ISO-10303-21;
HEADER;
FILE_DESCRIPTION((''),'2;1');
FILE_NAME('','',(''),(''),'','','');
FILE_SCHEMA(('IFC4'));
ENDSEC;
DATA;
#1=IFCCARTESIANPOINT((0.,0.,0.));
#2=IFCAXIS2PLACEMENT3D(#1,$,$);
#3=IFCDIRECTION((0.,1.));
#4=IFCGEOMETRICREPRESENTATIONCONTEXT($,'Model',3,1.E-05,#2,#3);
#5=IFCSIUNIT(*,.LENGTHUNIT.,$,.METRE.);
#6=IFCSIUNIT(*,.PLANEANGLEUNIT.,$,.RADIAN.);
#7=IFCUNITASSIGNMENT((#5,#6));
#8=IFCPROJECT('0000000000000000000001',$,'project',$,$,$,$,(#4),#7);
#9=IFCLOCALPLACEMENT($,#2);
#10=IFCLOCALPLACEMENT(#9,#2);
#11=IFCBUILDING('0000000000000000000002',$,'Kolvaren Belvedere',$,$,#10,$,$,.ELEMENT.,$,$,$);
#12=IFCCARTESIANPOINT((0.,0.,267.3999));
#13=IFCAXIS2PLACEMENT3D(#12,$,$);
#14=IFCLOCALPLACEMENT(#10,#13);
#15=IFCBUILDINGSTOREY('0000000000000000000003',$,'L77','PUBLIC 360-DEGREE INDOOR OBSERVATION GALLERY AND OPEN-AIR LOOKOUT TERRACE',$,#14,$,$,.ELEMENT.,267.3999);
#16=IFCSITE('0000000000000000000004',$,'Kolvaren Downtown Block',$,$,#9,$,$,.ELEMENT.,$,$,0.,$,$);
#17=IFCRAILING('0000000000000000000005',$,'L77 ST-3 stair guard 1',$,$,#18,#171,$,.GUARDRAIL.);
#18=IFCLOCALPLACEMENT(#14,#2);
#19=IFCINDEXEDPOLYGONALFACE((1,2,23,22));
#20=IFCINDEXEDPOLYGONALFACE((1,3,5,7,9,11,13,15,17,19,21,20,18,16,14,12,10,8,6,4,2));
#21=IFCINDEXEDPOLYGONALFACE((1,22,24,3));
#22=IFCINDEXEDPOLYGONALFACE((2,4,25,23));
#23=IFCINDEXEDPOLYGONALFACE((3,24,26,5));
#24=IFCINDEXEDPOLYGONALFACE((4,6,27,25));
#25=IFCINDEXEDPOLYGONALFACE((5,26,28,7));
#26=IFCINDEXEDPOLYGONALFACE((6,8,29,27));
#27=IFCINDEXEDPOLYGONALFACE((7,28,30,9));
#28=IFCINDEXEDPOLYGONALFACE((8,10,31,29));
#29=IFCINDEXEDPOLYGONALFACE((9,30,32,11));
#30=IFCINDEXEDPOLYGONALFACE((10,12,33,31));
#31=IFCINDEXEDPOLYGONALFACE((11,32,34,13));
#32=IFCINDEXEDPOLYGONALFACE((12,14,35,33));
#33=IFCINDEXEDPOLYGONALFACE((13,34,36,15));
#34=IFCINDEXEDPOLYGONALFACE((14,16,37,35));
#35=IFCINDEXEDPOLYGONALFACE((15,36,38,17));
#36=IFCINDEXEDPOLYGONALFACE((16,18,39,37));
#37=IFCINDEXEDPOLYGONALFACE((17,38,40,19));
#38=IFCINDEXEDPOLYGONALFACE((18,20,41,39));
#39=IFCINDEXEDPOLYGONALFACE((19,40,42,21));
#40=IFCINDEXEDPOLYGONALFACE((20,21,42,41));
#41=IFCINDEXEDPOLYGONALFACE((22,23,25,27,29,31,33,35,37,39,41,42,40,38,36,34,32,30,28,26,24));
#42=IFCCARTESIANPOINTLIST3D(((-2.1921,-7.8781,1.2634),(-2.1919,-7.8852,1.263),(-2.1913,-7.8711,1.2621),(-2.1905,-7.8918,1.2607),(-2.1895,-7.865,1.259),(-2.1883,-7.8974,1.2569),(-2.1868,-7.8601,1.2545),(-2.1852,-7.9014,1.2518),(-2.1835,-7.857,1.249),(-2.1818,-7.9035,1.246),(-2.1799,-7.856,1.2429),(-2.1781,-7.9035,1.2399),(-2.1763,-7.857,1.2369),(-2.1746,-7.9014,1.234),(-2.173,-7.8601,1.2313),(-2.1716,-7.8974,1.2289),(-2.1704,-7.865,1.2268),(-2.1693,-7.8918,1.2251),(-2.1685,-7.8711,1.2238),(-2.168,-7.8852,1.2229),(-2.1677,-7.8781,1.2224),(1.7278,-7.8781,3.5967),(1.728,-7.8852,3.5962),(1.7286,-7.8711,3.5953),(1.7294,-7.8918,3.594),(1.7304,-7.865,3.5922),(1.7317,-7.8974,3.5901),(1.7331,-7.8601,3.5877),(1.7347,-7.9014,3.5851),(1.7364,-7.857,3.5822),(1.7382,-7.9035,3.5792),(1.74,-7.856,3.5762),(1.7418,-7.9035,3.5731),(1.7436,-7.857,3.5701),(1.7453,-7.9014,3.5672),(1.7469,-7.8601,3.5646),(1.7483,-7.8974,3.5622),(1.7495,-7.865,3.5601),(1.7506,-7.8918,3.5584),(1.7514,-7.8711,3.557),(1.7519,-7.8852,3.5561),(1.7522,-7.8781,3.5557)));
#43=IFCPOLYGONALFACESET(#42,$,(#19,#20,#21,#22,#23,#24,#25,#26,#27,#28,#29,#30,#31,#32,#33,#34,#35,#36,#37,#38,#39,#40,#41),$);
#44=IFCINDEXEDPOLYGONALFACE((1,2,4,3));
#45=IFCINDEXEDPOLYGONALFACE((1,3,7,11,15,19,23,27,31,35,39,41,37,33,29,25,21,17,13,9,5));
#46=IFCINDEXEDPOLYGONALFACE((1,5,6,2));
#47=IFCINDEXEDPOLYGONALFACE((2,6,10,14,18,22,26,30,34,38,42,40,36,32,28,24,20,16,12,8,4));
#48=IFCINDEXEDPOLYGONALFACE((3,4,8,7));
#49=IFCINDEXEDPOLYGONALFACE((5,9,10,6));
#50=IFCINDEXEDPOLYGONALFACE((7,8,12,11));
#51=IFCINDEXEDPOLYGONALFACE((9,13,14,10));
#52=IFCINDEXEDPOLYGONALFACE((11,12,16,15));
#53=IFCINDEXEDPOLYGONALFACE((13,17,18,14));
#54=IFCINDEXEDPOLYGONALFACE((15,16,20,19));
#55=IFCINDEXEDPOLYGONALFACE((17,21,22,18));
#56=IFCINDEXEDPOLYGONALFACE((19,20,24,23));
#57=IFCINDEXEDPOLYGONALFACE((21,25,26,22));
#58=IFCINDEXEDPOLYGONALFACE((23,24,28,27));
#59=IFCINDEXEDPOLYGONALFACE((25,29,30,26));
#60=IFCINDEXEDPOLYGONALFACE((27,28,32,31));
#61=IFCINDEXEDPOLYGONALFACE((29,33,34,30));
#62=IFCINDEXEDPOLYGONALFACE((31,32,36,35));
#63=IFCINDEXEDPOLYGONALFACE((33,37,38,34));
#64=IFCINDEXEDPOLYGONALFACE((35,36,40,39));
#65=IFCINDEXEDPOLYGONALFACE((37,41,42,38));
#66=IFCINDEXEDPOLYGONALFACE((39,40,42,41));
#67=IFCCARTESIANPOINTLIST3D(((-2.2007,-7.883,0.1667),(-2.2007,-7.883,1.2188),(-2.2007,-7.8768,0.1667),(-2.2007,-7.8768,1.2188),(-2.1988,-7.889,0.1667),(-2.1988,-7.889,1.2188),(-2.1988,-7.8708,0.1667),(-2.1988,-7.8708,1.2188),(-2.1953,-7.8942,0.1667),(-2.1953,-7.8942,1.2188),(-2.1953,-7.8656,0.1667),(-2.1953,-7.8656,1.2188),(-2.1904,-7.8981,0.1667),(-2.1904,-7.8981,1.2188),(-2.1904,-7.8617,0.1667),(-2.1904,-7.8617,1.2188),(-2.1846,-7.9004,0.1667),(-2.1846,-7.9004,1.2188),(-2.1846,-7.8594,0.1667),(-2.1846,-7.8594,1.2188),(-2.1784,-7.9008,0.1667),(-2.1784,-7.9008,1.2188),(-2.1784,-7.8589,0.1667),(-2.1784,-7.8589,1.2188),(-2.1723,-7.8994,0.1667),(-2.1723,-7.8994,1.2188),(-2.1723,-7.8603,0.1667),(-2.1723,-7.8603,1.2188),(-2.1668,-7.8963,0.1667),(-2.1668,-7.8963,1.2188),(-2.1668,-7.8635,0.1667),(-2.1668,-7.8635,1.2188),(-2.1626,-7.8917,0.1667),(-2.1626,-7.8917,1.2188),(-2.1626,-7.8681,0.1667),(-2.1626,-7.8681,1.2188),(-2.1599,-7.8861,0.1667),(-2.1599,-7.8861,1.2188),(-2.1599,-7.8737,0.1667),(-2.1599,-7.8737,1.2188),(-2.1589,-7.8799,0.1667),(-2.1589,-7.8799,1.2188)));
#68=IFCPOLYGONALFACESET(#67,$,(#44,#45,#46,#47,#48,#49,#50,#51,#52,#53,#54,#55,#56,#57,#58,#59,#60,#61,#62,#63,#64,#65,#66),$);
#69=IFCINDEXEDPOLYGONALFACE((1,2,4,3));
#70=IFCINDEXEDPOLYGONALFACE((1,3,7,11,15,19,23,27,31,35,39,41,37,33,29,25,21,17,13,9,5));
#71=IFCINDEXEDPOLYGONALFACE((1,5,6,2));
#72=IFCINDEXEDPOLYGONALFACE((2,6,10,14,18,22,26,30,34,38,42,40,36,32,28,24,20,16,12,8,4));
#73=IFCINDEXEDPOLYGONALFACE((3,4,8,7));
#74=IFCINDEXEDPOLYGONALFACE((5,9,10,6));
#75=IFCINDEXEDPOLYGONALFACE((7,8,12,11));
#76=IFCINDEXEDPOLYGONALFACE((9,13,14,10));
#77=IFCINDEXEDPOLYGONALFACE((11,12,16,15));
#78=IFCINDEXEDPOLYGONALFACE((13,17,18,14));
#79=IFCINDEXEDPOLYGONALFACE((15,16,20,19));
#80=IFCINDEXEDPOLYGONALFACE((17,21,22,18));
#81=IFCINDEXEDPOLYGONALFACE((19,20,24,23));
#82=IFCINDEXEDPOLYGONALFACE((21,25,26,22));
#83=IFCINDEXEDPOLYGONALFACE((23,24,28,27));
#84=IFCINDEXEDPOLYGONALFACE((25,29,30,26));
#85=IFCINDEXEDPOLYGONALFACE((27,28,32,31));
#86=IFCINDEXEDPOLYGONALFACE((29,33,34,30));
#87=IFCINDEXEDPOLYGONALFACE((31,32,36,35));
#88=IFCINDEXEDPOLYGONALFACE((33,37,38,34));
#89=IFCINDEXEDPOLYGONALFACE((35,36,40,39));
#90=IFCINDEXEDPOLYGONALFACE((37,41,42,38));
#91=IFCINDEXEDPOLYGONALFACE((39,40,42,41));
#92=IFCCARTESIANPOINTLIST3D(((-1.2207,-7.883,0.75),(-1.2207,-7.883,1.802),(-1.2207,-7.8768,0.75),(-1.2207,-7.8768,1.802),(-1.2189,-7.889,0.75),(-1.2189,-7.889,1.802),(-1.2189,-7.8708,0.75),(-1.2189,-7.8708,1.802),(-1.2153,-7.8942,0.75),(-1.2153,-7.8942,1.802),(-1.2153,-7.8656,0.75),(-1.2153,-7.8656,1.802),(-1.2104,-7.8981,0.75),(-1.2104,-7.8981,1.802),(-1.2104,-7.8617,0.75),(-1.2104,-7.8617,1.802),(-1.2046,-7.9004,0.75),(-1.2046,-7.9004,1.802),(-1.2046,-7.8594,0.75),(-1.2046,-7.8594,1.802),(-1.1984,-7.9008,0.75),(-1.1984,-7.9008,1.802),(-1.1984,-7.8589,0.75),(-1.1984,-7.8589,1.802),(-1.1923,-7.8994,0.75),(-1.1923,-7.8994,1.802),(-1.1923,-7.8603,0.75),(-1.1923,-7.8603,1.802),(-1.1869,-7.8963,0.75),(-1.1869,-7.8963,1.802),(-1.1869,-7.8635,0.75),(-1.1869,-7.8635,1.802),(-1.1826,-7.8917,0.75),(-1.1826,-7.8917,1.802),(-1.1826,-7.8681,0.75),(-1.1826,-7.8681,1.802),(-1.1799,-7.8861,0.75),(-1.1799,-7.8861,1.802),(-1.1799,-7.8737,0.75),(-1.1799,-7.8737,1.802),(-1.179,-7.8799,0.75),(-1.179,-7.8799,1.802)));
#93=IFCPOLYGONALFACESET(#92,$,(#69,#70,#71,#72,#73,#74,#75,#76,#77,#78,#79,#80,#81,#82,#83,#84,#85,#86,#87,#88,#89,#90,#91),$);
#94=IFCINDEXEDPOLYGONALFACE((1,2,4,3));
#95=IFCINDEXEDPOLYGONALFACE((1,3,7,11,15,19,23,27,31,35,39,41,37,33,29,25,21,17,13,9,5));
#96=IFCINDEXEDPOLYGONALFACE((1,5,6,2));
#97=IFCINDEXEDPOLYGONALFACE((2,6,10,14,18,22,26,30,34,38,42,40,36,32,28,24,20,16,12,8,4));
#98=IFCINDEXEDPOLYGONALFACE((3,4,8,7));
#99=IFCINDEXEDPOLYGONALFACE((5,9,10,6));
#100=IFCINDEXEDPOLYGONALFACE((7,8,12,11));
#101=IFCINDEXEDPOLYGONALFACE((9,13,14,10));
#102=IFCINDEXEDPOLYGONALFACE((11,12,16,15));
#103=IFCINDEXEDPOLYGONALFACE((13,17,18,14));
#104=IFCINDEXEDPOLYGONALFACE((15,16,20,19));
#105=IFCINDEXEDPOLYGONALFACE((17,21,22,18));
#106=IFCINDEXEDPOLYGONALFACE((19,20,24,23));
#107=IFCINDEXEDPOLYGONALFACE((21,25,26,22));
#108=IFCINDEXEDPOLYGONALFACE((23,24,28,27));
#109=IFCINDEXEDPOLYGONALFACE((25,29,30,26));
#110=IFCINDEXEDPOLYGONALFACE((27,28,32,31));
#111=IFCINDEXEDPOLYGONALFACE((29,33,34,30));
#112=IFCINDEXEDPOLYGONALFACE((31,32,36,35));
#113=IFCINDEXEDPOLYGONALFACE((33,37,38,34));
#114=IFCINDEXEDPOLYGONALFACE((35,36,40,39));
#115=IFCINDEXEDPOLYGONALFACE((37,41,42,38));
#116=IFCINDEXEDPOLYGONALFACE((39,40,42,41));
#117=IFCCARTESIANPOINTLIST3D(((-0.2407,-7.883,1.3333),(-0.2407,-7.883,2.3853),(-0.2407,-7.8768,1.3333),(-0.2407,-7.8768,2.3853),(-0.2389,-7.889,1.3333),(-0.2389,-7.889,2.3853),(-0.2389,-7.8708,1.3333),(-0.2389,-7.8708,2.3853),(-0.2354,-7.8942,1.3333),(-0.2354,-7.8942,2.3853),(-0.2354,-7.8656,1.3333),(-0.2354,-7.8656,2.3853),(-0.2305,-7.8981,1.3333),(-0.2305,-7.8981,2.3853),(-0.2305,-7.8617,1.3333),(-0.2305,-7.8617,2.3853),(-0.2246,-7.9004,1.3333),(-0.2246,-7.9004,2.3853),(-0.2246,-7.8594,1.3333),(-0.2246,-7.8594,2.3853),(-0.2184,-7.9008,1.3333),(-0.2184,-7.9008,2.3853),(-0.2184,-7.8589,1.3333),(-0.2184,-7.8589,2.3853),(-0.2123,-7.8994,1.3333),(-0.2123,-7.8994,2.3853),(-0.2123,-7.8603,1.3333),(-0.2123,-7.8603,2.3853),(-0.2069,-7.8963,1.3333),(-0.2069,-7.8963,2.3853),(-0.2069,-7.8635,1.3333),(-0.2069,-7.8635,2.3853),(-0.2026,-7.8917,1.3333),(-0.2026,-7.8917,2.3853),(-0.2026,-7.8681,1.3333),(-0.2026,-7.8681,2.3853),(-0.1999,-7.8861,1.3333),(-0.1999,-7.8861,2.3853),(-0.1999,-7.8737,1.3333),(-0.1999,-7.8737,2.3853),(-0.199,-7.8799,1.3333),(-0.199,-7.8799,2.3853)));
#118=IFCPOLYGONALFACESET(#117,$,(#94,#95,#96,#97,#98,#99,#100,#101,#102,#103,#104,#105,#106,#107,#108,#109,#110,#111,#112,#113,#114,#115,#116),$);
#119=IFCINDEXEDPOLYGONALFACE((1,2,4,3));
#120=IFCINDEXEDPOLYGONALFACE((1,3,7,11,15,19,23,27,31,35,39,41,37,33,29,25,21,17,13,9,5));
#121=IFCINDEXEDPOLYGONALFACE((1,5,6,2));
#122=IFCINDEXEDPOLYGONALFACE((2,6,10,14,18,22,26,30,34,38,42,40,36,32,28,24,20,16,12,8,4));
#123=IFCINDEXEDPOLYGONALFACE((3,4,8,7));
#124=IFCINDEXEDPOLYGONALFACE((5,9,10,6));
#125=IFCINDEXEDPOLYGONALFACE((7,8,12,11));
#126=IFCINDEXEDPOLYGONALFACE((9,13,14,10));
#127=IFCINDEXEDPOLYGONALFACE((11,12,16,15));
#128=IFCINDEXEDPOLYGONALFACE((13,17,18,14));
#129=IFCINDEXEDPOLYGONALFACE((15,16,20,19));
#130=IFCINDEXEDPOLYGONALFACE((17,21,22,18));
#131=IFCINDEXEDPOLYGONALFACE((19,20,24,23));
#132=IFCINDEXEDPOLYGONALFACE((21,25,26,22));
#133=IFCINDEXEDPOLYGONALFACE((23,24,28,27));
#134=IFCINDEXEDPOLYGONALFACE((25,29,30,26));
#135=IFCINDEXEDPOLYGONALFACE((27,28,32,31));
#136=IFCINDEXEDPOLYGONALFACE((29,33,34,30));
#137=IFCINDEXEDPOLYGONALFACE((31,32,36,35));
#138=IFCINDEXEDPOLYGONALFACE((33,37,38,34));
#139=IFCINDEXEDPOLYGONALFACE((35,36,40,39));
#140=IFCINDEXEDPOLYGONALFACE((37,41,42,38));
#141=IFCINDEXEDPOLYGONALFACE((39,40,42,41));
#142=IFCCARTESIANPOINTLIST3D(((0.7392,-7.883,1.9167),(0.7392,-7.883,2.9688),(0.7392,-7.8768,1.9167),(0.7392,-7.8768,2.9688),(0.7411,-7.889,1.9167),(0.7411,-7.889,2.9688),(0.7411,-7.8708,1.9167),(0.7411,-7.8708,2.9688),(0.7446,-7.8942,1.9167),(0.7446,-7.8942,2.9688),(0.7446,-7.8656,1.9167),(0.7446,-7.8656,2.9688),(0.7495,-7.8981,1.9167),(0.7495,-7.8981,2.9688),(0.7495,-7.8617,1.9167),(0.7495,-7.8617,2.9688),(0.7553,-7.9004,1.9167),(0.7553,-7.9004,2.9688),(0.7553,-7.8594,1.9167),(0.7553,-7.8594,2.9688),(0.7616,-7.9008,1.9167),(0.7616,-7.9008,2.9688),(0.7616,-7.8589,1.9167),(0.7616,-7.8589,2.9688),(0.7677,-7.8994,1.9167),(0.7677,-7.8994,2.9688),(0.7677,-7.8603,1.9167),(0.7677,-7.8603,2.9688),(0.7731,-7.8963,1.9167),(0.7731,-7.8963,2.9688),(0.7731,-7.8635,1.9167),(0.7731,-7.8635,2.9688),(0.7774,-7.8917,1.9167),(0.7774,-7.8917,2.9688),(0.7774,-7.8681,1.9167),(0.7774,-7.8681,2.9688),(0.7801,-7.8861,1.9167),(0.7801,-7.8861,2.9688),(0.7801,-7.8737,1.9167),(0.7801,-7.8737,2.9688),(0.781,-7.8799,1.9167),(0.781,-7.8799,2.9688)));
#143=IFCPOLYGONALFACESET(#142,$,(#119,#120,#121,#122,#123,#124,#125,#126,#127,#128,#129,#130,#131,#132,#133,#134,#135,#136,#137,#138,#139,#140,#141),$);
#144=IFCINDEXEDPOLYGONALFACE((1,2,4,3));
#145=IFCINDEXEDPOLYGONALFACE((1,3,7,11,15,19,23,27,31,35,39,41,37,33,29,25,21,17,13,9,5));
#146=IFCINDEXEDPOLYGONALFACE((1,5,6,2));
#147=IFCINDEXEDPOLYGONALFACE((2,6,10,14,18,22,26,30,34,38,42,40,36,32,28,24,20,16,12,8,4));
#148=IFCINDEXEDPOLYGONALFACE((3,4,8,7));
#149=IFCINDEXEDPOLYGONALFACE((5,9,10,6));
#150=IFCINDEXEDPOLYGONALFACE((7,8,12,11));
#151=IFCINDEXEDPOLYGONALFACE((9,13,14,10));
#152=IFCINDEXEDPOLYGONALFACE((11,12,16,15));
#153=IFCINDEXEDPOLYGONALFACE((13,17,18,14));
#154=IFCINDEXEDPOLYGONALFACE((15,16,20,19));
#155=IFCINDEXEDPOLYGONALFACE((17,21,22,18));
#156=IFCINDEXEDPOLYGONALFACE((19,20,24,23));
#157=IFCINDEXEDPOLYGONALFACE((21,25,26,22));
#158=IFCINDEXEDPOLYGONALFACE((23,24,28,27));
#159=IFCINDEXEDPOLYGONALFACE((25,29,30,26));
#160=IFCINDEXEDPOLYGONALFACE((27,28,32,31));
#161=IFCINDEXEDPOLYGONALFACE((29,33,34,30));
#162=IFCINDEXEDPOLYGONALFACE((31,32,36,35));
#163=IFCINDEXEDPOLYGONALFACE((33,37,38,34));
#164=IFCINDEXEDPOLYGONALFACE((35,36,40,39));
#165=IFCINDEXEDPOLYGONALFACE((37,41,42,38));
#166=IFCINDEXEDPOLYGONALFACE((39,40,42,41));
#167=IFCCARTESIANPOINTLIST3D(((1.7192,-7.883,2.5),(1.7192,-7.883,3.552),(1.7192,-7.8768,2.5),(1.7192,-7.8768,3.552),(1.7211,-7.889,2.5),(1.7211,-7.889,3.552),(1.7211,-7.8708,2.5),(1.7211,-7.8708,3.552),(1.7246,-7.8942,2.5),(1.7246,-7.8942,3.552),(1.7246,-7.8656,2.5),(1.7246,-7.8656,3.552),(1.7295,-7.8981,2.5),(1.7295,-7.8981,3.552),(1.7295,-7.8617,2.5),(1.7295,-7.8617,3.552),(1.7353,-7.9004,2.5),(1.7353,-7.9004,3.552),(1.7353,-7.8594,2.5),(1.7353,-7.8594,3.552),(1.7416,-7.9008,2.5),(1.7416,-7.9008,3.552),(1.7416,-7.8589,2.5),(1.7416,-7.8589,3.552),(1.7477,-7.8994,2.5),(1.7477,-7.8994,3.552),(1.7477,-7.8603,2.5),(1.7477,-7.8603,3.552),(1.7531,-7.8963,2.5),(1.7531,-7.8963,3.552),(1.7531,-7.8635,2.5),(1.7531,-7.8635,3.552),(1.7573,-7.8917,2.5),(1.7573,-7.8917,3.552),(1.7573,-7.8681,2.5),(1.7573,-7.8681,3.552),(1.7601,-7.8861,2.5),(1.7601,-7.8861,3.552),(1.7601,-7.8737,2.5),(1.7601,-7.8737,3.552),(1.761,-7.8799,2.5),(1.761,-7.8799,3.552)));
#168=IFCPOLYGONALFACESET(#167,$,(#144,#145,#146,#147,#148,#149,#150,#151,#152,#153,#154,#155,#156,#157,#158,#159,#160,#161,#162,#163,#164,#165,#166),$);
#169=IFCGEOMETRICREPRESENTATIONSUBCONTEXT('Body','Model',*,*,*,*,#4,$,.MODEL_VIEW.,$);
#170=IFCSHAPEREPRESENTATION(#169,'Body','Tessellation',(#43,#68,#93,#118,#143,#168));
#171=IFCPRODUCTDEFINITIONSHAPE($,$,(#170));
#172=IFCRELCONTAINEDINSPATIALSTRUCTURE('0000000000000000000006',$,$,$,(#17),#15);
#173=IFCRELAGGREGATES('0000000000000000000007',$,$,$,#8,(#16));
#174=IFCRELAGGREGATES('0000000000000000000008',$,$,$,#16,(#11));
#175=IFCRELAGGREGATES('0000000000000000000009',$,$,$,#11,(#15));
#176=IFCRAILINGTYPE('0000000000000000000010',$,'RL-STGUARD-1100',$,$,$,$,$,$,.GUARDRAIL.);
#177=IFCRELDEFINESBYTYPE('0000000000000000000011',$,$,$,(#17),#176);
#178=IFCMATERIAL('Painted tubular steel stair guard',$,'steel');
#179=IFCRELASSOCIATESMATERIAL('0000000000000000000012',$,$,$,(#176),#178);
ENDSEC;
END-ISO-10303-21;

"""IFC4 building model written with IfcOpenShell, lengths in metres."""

from ifc_helpers import new_model, si_unit, direction, frame, origin, origin_2d, place, context, subcontext, project, spatial, circle, extrude, material, type_object, element, save


model = new_model("IFC4")

# Units and contexts
model_context = context("Model", 3, precision=1e-05, world=origin(), true_north=direction((0.0, 1.0)))
body_context = subcontext(model_context, "Body", "Model", "MODEL_VIEW")
ifc_project = project(units=[si_unit("LENGTHUNIT", "METRE"), si_unit("PLANEANGLEUNIT", "RADIAN")], contexts=[model_context])

# Site, building, storey
site_placement = place(None, origin())
site = spatial("IfcSite", under=ifc_project, at=site_placement, Name="Kolvaren Downtown Block", CompositionType="ELEMENT", RefElevation=0.0)
building_placement = place(site_placement, origin())
building = spatial("IfcBuilding", under=site, at=building_placement, Name="Kolvaren Belvedere", CompositionType="ELEMENT")
storey_placement = place(building_placement, frame((0.0, 0.0, 267.3999)))
storey = spatial("IfcBuildingStorey", under=building, at=storey_placement, Name="L77", Description="PUBLIC 360-DEGREE INDOOR OBSERVATION GALLERY AND OPEN-AIR LOOKOUT TERRACE", CompositionType="ELEMENT", Elevation=267.3999)

# Railing
ifc_material_1 = material(Name="Painted tubular steel stair guard", Category="steel")
railing_type_1 = type_object("IfcRailingType", Name="RL-STGUARD-1100", PredefinedType="GUARDRAIL", material=ifc_material_1)
railing_1_placement = place(storey_placement, frame((-2.1799, -7.8799, 0.1667)))
element("IfcRailing", 1, at=railing_1_placement, inside=storey, type_object=railing_type_1, Name="L77 ST-3 stair guard 1", PredefinedType="GUARDRAIL", context=body_context, shape_type="SweptSolid", body=[
    extrude(circle(Radius=0.0239, at=origin_2d()), frame((0.0, 0.0, 1.0762), z_axis=(0.859296, 0.0, 0.511478), x_axis=(0.0, 1.0, 0.0)), (0.0, 0.0, 1.0), 4.5618),
    extrude(circle(Radius=0.021, at=origin_2d()), origin(), (0.0, 0.0, 1.0), 1.052),
    extrude(circle(Radius=0.021, at=origin_2d()), frame((0.98, 0.0, 0.5833)), (0.0, 0.0, 1.0), 1.052),
    extrude(circle(Radius=0.021, at=origin_2d()), frame((1.96, 0.0, 1.1665)), (0.0, 0.0, 1.0), 1.052),
    extrude(circle(Radius=0.021, at=origin_2d()), frame((2.9399, 0.0, 1.75)), (0.0, 0.0, 1.0), 1.052),
    extrude(circle(Radius=0.021, at=origin_2d()), frame((3.9199, 0.0, 2.3333)), (0.0, 0.0, 1.0), 1.052),
])

save(model, "model.ifc")
